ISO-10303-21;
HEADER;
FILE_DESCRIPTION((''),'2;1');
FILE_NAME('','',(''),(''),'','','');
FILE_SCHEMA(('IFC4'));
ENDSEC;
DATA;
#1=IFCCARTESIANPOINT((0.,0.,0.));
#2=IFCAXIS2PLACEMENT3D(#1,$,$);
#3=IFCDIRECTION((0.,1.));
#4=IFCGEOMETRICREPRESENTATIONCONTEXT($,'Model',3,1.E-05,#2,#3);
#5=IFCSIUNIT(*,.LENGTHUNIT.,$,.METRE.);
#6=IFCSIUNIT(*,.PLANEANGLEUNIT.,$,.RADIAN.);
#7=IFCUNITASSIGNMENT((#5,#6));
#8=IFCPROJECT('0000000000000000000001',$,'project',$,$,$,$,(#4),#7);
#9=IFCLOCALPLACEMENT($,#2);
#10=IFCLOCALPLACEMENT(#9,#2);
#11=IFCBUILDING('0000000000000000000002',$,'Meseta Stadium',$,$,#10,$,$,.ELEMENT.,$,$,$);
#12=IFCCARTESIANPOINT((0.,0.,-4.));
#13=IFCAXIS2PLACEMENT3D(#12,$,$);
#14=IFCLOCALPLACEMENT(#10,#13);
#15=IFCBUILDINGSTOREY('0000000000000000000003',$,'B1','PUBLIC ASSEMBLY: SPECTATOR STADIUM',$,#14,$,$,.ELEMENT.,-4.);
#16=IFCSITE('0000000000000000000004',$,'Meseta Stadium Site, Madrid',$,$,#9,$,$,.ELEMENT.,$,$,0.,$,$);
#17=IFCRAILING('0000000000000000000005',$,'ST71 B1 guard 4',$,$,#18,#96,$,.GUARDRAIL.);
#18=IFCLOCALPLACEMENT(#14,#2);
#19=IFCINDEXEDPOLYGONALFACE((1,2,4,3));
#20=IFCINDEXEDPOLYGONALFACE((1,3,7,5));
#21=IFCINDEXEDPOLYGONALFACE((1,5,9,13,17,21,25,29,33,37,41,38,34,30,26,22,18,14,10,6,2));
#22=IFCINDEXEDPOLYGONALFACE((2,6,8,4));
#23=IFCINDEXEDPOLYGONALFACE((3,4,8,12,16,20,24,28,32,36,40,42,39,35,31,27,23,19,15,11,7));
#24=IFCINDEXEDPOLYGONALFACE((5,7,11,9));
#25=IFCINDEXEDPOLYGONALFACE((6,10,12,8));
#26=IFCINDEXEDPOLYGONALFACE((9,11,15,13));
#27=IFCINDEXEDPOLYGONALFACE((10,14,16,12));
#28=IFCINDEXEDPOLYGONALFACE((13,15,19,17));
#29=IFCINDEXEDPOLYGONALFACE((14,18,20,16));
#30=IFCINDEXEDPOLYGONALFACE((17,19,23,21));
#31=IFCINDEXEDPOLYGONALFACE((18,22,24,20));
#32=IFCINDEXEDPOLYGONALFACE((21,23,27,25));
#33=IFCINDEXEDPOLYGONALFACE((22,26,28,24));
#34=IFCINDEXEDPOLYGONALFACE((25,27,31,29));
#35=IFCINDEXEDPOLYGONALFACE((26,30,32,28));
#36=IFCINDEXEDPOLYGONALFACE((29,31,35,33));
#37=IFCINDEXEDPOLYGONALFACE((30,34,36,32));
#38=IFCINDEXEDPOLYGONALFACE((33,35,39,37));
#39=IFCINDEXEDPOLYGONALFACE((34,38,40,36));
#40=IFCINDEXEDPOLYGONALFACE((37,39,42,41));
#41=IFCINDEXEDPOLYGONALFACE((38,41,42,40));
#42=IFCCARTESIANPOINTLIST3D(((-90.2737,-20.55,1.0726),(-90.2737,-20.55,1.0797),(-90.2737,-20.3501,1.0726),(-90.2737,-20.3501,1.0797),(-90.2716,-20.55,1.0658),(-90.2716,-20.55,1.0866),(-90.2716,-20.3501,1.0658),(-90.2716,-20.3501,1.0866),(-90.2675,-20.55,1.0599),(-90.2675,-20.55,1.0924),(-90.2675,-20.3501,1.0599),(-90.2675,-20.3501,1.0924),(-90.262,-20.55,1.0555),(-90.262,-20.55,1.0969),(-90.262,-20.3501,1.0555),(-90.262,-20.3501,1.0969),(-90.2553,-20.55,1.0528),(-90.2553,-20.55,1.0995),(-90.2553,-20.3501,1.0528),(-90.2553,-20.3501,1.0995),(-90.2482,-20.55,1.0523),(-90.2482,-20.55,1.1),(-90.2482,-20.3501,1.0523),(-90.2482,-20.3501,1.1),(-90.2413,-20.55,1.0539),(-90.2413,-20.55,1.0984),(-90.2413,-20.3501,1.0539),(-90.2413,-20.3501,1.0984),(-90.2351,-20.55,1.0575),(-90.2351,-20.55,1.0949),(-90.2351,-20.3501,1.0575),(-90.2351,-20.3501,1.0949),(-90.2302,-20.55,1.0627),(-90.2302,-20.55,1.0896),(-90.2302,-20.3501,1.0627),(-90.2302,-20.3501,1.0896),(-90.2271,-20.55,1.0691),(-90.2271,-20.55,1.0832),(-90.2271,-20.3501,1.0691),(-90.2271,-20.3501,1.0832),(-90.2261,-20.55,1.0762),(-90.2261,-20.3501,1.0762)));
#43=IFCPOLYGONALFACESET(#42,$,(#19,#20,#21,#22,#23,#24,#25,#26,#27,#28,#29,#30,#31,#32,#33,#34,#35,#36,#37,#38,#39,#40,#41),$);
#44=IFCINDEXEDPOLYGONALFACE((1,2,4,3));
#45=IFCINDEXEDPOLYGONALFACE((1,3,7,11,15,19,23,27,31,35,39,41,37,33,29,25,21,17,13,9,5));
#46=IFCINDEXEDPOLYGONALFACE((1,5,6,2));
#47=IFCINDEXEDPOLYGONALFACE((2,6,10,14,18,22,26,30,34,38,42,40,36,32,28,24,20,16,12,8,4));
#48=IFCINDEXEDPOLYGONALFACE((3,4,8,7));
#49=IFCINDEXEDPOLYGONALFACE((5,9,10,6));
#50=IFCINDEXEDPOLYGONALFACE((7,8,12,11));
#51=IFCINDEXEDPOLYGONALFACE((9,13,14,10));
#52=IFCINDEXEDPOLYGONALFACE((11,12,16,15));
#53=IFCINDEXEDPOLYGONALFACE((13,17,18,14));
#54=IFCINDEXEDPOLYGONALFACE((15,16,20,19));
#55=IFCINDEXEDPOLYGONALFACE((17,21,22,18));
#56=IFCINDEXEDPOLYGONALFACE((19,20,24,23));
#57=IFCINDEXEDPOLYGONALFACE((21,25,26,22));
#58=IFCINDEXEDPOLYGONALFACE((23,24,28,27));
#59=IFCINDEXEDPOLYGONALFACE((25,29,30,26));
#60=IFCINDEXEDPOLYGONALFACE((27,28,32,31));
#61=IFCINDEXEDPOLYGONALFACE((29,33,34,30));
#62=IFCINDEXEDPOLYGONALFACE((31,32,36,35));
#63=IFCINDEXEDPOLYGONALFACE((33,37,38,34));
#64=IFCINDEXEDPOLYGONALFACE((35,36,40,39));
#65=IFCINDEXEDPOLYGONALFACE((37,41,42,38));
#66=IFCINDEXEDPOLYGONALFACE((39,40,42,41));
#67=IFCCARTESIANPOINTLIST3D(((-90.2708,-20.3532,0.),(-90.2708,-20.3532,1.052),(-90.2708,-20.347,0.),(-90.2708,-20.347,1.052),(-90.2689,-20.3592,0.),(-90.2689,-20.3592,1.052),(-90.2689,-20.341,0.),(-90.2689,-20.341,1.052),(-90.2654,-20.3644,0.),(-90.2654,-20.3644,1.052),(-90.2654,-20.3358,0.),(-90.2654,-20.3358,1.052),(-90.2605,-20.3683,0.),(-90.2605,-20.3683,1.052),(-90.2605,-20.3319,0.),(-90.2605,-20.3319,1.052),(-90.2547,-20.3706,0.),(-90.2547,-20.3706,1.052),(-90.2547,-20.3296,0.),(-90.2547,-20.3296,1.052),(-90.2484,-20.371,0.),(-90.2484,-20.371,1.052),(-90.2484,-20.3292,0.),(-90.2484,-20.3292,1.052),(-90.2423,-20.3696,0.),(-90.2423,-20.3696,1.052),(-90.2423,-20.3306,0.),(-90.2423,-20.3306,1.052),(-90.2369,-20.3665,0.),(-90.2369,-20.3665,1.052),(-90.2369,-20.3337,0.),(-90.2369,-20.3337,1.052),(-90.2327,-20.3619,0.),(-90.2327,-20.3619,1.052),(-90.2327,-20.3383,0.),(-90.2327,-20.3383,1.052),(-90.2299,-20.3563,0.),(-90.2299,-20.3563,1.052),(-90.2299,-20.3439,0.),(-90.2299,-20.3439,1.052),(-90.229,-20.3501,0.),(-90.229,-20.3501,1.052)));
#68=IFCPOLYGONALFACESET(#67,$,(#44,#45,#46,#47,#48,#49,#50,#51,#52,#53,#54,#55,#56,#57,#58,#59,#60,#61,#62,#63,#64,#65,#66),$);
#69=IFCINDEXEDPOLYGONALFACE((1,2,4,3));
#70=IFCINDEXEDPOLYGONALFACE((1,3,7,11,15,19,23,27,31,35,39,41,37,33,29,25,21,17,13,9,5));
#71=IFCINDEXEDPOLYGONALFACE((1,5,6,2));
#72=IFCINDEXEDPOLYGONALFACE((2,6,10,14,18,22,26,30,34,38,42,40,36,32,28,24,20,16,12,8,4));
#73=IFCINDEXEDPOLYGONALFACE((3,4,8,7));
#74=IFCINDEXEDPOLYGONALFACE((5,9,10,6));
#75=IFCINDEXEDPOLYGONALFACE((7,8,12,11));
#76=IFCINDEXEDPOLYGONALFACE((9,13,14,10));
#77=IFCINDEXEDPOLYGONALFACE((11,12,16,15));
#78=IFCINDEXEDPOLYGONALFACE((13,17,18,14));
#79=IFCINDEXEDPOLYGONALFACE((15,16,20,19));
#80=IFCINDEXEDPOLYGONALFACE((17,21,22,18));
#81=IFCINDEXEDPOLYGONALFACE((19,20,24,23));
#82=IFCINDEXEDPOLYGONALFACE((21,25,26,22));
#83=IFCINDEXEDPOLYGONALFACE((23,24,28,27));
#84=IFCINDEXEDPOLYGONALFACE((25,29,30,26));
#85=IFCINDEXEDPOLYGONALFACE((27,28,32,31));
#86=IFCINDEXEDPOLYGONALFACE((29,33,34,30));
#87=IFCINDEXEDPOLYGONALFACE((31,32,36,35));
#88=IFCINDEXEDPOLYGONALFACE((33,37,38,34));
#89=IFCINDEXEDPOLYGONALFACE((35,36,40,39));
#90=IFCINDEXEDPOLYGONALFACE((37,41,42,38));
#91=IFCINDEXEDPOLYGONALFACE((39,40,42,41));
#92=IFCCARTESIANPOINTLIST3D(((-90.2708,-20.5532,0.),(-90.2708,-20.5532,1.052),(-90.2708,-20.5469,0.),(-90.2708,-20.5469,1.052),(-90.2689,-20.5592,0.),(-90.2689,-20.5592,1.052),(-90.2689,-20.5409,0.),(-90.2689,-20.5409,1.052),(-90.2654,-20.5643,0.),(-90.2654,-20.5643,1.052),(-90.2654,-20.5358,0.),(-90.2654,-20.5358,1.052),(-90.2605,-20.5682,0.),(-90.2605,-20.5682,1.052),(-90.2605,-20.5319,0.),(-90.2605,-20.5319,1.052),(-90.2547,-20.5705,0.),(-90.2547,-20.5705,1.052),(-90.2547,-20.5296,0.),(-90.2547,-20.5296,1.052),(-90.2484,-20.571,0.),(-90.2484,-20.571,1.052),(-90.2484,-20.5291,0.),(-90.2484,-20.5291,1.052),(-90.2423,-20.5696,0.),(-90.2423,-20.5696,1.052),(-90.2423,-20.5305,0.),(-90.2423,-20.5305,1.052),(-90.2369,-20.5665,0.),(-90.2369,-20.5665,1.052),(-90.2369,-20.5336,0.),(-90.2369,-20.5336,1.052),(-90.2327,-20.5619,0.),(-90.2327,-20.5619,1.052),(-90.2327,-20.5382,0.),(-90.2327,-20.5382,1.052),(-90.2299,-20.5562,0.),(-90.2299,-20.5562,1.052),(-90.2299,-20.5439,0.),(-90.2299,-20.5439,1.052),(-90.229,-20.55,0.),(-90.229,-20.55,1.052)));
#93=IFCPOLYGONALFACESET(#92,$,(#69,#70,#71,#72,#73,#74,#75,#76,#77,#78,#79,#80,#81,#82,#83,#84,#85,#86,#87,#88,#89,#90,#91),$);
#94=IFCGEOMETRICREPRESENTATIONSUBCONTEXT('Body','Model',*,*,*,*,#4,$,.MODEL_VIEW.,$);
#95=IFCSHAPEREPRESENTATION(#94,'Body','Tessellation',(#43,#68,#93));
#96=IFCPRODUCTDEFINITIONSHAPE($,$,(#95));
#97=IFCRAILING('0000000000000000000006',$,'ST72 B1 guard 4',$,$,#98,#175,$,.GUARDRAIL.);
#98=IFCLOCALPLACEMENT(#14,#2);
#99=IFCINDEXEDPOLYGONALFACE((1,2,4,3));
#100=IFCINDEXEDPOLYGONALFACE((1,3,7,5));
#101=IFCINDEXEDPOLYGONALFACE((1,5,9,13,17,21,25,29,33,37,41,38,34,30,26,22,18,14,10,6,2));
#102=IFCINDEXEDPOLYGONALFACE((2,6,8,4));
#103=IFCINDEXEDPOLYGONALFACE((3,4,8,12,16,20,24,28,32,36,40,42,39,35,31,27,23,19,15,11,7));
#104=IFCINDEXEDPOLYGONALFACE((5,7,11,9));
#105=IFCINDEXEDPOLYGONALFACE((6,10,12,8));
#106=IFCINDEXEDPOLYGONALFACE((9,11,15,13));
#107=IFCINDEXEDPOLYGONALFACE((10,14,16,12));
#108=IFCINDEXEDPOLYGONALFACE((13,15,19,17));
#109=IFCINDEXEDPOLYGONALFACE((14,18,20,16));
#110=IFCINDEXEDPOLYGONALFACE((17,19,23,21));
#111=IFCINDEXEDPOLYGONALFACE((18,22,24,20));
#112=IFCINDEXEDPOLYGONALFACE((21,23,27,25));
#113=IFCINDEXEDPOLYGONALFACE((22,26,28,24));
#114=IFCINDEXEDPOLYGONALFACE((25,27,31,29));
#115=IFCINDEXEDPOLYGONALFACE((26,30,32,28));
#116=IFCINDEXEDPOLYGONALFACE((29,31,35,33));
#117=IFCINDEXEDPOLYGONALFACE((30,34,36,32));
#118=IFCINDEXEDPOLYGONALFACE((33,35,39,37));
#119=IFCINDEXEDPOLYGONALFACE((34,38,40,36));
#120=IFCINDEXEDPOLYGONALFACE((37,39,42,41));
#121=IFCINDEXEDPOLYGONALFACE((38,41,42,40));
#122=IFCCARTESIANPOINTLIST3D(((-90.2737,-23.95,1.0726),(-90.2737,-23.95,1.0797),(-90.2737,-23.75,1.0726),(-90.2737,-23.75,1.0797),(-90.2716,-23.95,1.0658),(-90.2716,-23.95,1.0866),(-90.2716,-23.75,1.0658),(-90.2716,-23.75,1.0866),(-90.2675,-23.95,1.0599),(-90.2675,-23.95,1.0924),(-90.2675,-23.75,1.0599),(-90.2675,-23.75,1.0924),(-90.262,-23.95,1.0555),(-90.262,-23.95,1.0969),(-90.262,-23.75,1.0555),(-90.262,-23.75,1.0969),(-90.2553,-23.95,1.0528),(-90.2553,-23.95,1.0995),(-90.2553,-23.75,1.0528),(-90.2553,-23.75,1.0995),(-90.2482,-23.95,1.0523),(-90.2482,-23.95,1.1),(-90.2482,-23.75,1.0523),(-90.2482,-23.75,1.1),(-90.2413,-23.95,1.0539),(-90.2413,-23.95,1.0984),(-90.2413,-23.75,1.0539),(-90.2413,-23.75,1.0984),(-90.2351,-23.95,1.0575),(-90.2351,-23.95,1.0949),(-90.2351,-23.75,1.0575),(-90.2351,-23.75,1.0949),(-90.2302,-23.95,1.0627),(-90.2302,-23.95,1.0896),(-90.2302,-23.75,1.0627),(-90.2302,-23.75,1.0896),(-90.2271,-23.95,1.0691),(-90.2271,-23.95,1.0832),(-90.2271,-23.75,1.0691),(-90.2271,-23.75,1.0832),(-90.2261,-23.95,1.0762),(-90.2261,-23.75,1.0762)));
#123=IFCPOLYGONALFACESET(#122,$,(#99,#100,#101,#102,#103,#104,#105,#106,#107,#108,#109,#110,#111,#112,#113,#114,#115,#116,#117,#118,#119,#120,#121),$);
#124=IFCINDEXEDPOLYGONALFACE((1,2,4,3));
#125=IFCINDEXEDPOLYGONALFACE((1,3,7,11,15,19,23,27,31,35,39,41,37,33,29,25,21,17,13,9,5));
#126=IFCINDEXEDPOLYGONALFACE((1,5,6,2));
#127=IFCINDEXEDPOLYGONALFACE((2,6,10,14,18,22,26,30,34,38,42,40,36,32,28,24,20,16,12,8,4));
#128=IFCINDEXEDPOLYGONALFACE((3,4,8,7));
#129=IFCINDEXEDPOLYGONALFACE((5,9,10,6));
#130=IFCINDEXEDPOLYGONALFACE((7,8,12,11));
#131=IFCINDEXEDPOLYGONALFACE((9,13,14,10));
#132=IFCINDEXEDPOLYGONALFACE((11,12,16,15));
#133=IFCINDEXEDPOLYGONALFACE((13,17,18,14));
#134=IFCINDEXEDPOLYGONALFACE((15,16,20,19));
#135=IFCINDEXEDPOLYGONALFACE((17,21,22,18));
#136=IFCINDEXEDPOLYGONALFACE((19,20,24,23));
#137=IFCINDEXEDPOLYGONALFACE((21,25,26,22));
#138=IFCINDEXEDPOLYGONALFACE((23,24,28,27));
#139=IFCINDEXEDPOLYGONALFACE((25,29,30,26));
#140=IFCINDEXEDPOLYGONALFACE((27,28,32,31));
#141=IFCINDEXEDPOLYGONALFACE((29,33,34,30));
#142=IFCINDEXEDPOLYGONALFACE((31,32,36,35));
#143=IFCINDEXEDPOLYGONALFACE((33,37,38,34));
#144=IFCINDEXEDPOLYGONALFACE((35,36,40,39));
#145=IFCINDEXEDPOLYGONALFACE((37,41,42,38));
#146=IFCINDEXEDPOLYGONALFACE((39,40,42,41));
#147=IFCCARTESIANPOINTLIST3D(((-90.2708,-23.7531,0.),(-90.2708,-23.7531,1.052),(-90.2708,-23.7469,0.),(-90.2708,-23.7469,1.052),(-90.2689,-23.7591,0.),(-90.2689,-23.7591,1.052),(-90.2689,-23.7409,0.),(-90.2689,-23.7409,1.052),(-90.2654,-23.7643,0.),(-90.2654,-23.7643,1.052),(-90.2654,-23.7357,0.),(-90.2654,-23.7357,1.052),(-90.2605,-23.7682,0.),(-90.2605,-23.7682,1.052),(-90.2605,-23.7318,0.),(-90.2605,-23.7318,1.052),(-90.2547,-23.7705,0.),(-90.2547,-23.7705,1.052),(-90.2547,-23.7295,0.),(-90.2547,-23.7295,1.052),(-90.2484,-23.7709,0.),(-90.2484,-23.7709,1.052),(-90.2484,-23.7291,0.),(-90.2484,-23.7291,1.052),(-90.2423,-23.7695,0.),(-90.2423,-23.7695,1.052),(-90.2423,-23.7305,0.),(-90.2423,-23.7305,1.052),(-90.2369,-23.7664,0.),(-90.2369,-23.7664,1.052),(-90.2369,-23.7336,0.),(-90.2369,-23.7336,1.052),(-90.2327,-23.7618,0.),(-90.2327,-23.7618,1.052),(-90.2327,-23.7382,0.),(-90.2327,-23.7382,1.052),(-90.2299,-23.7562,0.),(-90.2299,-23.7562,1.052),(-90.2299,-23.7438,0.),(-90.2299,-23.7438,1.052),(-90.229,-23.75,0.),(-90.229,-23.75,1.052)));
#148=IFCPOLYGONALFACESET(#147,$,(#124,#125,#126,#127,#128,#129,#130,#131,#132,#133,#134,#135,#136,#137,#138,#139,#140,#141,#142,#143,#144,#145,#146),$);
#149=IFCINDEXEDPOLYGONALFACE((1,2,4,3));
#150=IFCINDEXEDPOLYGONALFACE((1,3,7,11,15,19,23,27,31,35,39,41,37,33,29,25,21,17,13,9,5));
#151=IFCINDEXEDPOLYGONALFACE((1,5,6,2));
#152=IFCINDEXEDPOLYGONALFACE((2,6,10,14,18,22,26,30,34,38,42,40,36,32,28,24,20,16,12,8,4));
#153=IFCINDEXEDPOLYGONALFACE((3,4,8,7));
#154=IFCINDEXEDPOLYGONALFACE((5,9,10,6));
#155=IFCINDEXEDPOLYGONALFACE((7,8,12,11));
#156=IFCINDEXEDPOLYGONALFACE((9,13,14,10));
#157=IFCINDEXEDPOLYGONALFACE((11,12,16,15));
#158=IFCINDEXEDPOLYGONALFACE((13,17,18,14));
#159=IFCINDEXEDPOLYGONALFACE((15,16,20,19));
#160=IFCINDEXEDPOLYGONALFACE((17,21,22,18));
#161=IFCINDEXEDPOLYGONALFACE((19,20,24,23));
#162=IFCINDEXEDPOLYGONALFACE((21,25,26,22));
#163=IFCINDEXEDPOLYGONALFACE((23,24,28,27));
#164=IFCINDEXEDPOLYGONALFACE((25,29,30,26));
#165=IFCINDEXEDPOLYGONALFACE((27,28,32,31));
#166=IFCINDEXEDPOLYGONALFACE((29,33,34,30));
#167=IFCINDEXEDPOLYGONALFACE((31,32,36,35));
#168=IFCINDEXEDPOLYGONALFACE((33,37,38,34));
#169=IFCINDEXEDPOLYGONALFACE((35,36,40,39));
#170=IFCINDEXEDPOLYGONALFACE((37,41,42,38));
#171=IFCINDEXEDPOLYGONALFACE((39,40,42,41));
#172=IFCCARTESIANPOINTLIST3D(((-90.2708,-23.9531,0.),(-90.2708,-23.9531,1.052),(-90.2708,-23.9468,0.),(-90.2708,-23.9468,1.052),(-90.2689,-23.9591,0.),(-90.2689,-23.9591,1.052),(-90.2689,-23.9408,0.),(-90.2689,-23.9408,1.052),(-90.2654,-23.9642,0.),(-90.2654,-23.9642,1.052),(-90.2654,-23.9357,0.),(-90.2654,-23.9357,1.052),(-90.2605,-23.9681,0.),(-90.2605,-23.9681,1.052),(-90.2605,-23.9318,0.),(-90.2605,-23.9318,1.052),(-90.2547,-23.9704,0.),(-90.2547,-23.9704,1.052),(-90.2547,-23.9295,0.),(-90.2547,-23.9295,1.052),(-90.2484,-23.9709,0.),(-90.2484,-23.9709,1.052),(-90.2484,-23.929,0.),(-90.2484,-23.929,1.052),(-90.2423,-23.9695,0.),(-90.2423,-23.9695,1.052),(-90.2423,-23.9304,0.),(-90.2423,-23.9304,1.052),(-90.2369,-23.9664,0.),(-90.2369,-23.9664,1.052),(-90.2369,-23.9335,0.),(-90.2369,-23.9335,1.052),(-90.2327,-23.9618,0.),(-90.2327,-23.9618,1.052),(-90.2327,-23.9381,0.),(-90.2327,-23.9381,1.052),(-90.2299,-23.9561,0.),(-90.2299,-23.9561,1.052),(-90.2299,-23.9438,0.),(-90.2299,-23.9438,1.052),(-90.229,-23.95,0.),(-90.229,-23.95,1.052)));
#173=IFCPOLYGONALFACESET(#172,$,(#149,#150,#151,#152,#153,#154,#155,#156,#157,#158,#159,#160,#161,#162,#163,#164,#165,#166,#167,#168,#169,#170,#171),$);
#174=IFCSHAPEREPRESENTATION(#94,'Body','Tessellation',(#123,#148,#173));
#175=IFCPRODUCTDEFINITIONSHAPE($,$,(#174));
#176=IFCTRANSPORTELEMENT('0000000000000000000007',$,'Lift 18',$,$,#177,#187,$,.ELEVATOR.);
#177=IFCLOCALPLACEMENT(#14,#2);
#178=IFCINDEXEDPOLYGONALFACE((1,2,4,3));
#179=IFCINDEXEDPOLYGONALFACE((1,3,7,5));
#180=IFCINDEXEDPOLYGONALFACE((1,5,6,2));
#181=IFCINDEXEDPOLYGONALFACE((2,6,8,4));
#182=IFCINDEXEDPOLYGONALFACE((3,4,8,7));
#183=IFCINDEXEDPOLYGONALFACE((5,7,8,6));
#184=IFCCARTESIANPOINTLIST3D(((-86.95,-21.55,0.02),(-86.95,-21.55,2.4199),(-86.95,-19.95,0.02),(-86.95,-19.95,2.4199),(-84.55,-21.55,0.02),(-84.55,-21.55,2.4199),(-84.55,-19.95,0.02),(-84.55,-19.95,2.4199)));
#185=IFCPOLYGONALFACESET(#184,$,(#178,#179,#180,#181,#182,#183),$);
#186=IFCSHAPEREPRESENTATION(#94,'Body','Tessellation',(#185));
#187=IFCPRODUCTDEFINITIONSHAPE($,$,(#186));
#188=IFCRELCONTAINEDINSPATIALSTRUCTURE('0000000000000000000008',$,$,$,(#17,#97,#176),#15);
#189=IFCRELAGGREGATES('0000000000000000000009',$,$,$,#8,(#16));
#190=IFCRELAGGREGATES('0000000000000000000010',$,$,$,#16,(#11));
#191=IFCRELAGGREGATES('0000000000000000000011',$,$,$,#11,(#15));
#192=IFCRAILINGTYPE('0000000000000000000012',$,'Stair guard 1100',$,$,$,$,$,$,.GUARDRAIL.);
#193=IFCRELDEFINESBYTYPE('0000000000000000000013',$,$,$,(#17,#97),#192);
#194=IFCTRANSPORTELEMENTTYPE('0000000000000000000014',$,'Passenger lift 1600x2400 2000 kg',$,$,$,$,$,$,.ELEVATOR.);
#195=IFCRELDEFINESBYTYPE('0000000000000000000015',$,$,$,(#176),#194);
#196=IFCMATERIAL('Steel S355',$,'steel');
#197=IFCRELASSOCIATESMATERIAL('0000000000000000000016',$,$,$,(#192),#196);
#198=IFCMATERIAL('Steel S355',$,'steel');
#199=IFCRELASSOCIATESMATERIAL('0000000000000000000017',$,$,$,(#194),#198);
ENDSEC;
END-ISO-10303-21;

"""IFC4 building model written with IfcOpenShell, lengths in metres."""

from ifc_helpers import new_model, si_unit, direction, frame, origin, origin_2d, place, context, subcontext, project, spatial, rectangle, circle, extrude, material, type_object, element, save


model = new_model("IFC4")

# Units and contexts
model_context = context("Model", 3, precision=1e-05, world=origin(), true_north=direction((0.0, 1.0)))
body_context = subcontext(model_context, "Body", "Model", "MODEL_VIEW")
ifc_project = project(units=[si_unit("LENGTHUNIT", "METRE"), si_unit("PLANEANGLEUNIT", "RADIAN")], contexts=[model_context])

# Site, building, storey
site_placement = place(None, origin())
site = spatial("IfcSite", under=ifc_project, at=site_placement, Name="Meseta Stadium Site, Madrid", CompositionType="ELEMENT", RefElevation=0.0)
building_placement = place(site_placement, origin())
building = spatial("IfcBuilding", under=site, at=building_placement, Name="Meseta Stadium", CompositionType="ELEMENT")
storey_placement = place(building_placement, frame((0.0, 0.0, -4.0)))
storey = spatial("IfcBuildingStorey", under=building, at=storey_placement, Name="B1", Description="PUBLIC ASSEMBLY: SPECTATOR STADIUM", CompositionType="ELEMENT", Elevation=-4.0)

# Railings
ifc_material_1 = material(Name="Steel S355", Category="steel")
railing_type = type_object("IfcRailingType", Name="Stair guard 1100", PredefinedType="GUARDRAIL", material=ifc_material_1)
for number, where, name in (
    (1, (-90.25, -20.3501, 0.0), "ST71 B1 guard 4"),
    (2, (-90.25, -23.75, 0.0), "ST72 B1 guard 4"),
):
    element("IfcRailing", number, at=place(storey_placement, frame(where)), inside=storey, type_object=railing_type, Name=name, PredefinedType="GUARDRAIL", context=body_context, shape_type="SweptSolid", body=[
        extrude(circle(Radius=0.0239, at=origin_2d()), frame((0.0, 0.0, 1.0762), z_axis=(0.0, -1.0, 0.0), x_axis=(1.0, 0.0, 0.0)), (0.0, 0.0, 1.0), 0.2),
        extrude(circle(Radius=0.021, at=origin_2d()), origin(), (0.0, 0.0, 1.0), 1.052),
        extrude(circle(Radius=0.021, at=origin_2d()), frame((0.0, -0.2, 0.0)), (0.0, 0.0, 1.0), 1.052),
    ])

# Transport element
ifc_material_2 = material(Name="Steel S355", Category="steel")
transport_element_type = type_object("IfcTransportElementType", Name="Passenger lift 1600x2400 2000 kg", PredefinedType="ELEVATOR", material=ifc_material_2)
transport_element_placement = place(storey_placement, frame((-85.75, -20.75, 0.02), z_axis=(0.0, 0.0, 1.0), x_axis=(1.0, 0.0, 0.0)))
element("IfcTransportElement", 3, at=transport_element_placement, inside=storey, type_object=transport_element_type, Name="Lift 18", PredefinedType="ELEVATOR", context=body_context, shape_type="SweptSolid", body=[
    extrude(rectangle(XDim=2.3999, YDim=1.6001, at=origin_2d()), origin(), (0.0, 0.0, 1.0), 2.3999),
])

save(model, "model.ifc")
